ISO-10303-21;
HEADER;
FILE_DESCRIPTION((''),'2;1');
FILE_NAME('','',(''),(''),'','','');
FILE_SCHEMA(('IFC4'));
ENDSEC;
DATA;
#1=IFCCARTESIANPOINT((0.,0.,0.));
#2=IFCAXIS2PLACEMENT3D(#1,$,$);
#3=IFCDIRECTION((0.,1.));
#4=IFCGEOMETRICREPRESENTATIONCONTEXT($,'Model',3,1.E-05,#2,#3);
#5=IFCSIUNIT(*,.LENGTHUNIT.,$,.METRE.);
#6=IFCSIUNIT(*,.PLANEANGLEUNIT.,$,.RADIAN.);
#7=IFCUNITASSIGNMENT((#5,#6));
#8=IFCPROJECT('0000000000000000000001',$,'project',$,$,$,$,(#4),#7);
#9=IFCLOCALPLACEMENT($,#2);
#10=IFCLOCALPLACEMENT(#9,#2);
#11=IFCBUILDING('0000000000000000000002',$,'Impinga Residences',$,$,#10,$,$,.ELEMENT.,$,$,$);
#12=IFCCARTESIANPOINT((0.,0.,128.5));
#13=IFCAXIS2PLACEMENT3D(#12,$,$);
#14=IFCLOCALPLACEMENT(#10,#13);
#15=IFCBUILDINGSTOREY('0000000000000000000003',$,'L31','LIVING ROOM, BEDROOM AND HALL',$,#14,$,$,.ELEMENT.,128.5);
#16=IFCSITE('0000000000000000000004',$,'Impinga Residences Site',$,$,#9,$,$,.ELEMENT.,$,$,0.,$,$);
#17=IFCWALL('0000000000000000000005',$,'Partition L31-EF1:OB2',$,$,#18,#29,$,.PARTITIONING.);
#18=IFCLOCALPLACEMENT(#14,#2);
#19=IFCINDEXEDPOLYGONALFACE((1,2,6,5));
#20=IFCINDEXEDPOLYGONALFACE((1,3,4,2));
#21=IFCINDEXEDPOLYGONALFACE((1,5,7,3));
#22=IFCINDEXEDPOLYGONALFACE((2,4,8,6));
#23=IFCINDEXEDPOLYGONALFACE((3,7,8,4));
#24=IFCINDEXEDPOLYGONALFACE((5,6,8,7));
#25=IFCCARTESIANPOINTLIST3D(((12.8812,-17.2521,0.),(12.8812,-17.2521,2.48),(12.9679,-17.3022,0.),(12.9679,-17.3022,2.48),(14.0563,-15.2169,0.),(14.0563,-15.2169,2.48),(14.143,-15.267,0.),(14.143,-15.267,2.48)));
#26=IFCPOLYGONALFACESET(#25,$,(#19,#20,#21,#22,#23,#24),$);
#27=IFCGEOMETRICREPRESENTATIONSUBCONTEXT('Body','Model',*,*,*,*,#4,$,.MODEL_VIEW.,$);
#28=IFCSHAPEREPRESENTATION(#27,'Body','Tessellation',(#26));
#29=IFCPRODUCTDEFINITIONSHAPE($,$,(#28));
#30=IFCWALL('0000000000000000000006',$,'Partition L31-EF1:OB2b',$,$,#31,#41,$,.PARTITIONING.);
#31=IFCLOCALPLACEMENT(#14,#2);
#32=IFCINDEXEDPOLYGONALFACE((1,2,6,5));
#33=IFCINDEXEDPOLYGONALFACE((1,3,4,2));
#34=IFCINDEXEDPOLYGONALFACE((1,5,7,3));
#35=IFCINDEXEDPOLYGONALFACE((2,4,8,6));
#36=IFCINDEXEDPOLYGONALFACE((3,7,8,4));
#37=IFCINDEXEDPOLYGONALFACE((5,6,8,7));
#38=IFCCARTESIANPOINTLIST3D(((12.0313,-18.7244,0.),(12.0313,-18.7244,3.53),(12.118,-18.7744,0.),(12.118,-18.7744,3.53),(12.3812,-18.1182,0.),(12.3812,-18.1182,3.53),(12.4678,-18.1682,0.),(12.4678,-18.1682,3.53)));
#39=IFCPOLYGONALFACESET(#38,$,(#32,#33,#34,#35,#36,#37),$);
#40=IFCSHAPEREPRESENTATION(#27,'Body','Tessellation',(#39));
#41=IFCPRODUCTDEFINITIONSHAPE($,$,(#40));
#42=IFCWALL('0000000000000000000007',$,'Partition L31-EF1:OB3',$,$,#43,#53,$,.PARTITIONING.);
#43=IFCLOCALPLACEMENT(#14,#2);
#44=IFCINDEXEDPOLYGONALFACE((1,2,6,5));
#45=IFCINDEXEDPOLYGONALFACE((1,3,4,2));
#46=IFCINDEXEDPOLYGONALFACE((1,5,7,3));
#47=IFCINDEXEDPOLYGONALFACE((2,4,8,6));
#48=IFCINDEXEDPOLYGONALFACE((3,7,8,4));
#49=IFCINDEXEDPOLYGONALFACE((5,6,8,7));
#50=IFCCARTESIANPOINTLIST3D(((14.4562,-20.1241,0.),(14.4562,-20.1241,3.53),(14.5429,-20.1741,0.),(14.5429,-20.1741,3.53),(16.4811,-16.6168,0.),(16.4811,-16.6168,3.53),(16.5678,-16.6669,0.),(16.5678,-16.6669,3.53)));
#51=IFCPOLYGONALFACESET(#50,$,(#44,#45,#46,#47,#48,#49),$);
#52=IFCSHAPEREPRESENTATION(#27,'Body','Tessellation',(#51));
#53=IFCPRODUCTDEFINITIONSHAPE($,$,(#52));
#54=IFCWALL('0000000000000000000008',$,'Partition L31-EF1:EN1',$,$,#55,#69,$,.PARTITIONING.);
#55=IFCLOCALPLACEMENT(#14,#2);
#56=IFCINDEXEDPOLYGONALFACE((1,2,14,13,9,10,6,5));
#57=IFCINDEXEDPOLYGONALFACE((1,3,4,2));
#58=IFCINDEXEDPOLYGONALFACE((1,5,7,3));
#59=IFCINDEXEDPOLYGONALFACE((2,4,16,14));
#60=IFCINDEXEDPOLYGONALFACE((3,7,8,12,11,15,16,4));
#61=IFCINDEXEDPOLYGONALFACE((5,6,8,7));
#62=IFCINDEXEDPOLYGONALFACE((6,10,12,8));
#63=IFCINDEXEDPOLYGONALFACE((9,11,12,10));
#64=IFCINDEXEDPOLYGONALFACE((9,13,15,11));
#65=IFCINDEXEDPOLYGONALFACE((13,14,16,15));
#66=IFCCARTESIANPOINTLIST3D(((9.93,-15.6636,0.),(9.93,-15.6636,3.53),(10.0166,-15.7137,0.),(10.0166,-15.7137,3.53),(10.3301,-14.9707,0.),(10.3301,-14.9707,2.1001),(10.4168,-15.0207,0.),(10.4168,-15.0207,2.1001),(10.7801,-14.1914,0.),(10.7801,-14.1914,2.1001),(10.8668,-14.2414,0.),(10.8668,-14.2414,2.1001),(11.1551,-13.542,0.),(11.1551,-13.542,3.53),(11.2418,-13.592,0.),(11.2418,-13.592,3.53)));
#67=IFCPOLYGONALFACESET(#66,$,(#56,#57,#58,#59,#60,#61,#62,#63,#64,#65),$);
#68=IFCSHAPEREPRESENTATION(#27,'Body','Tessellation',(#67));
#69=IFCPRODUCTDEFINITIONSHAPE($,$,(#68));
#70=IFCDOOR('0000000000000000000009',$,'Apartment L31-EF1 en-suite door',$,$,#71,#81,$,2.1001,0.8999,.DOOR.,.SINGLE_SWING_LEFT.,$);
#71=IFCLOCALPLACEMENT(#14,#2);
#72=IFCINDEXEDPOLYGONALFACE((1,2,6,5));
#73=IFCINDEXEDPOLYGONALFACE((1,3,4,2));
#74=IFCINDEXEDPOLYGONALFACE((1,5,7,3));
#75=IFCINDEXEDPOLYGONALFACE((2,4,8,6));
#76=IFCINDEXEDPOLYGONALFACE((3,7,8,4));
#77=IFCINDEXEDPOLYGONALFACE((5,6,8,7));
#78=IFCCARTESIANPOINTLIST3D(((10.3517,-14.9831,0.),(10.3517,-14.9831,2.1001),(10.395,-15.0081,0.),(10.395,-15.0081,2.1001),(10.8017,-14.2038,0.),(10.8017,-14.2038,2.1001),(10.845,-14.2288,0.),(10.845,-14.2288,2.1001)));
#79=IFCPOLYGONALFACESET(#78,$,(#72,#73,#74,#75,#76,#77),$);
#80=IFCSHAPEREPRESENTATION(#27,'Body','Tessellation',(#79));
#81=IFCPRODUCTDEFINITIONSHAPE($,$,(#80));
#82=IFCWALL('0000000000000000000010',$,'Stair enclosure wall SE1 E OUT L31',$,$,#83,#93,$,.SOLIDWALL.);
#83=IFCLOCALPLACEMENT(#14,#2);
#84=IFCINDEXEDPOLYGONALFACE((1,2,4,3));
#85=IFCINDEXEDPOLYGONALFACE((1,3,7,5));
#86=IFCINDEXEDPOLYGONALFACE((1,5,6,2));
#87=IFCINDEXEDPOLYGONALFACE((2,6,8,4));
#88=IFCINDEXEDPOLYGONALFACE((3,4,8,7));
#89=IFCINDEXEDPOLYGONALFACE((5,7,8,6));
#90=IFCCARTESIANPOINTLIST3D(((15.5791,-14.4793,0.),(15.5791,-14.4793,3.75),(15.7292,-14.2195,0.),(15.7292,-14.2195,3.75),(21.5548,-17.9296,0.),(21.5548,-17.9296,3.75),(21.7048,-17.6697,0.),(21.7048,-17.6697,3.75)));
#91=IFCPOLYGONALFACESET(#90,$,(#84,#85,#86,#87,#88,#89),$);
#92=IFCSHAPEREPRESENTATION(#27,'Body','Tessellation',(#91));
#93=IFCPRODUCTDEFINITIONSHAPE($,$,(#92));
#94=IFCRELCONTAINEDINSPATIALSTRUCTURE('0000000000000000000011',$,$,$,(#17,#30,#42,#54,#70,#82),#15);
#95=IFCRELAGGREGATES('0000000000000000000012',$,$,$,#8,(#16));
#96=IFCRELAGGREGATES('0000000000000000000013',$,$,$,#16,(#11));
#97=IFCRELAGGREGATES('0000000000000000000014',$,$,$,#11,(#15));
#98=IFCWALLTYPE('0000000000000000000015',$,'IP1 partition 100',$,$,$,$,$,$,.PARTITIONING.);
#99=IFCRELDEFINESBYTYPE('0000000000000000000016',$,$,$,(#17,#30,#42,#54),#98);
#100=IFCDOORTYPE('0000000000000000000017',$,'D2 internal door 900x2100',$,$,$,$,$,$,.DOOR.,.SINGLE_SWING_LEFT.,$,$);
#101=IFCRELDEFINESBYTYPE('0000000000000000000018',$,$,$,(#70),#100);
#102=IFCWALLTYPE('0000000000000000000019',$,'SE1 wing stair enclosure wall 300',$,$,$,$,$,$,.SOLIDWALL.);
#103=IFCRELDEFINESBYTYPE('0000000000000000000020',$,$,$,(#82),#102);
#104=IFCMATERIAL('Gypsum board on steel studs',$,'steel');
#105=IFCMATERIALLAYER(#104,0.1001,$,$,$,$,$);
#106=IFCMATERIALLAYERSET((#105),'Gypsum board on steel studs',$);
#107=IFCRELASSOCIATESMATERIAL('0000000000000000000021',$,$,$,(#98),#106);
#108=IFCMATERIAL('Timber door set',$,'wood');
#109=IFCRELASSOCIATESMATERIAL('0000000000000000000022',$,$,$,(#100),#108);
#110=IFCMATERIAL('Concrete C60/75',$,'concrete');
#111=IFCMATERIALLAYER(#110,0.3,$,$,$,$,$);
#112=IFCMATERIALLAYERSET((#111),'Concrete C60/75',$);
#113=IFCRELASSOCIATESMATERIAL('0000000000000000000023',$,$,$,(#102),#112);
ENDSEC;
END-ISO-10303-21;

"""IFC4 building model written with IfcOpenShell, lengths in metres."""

from ifc_helpers import new_model, si_unit, direction, frame, frame_2d, origin, place, context, subcontext, project, spatial, rectangle, extrude, material, layer, layer_set, type_object, element, fill, save


model = new_model("IFC4")

# Units and contexts
model_context = context("Model", 3, precision=1e-05, world=origin(), true_north=direction((0.0, 1.0)))
body_context = subcontext(model_context, "Body", "Model", "MODEL_VIEW")
ifc_project = project(units=[si_unit("LENGTHUNIT", "METRE"), si_unit("PLANEANGLEUNIT", "RADIAN")], contexts=[model_context])

# Site, building, storey
site_placement = place(None, origin())
site = spatial("IfcSite", under=ifc_project, at=site_placement, Name="Impinga Residences Site", CompositionType="ELEMENT", RefElevation=0.0)
building_placement = place(site_placement, origin())
building = spatial("IfcBuilding", under=site, at=building_placement, Name="Impinga Residences", CompositionType="ELEMENT")
storey_placement = place(building_placement, frame((0.0, 0.0, 128.5)))
storey = spatial("IfcBuildingStorey", under=building, at=storey_placement, Name="L31", Description="LIVING ROOM, BEDROOM AND HALL", CompositionType="ELEMENT", Elevation=128.5)

# Shared definitions
ifc_material_1 = material(Name="Concrete C60/75", Category="concrete")

# Shared definitions
ifc_material_2 = material(Name="Timber door set", Category="wood")

# Shared definitions
ifc_material_3 = material(Name="Gypsum board on steel studs", Category="steel")
ifc_layer_1 = layer(ifc_material_3, 0.1001)
ifc_layer_set_1 = layer_set([ifc_layer_1], Name="Gypsum board on steel studs")
wall_type_1 = type_object("IfcWallType", Name="IP1 partition 100", PredefinedType="PARTITIONING", material=ifc_layer_set_1)

# Shared definitions
door_type_1 = type_object("IfcDoorType", Name="D2 internal door 900x2100", OperationType="SINGLE_SWING_LEFT", PredefinedType="DOOR", material=ifc_material_2)

# Walls
wall_1_placement = place(storey_placement, frame((14.0996, -15.2419, 0.0), z_axis=(0.0, 0.0, 1.0), x_axis=(-0.500016, -0.866016, 0.0)))
element("IfcWall", 1, at=wall_1_placement, inside=storey, type_object=wall_type_1, Name="Partition L31-EF1:OB2", PredefinedType="PARTITIONING", context=body_context, shape_type="SweptSolid", body=[
    extrude(rectangle(XDim=2.3501, YDim=0.1001, at=frame_2d((1.175, 0.0))), origin(), (0.0, 0.0, 1.0), 2.48),
])
wall_2_placement = place(storey_placement, frame((12.4246, -18.1431, 0.0), z_axis=(0.0, 0.0, 1.0), x_axis=(-0.499853, -0.86611, 0.0)))
element("IfcWall", 2, at=wall_2_placement, inside=storey, type_object=wall_type_1, Name="Partition L31-EF1:OB2b", PredefinedType="PARTITIONING", context=body_context, shape_type="SweptSolid", body=[
    extrude(rectangle(XDim=0.7, YDim=0.1001, at=frame_2d((0.3501, 0.0))), origin(), (0.0, 0.0, 1.0), 3.53),
])
wall_3_placement = place(storey_placement, frame((16.5244, -16.6418, 0.0), z_axis=(0.0, 0.0, 1.0), x_axis=(-0.49999, -0.866031, 0.0)))
element("IfcWall", 3, at=wall_3_placement, inside=storey, type_object=wall_type_1, Name="Partition L31-EF1:OB3", PredefinedType="PARTITIONING", context=body_context, shape_type="SweptSolid", body=[
    extrude(rectangle(XDim=4.0498, YDim=0.1001, at=frame_2d((2.0249, 0.0))), origin(), (0.0, 0.0, 1.0), 3.53),
])

# Wall, opening, door
wall_4_placement = place(storey_placement, frame((11.1985, -13.5669, 0.0), z_axis=(0.0, 0.0, 1.0), x_axis=(-0.500062, -0.86599, 0.0)))
wall_4 = element("IfcWall", 4, at=wall_4_placement, inside=storey, type_object=wall_type_1, Name="Partition L31-EF1:EN1", PredefinedType="PARTITIONING", context=body_context, shape_type="SweptSolid", body=[
    extrude(rectangle(XDim=2.45, YDim=0.1001, at=frame_2d((1.2251, 0.0))), origin(), (0.0, 0.0, 1.0), 3.53),
])
opening_1_placement = place(wall_4_placement, frame((0.75, 0.0, 0.0)))
opening_1 = element("IfcOpeningElement", 5, at=opening_1_placement, cuts=wall_4, PredefinedType="OPENING", context=body_context, shape_type="SweptSolid", body=[
    extrude(rectangle(XDim=0.8999, YDim=2.1001, at=frame_2d((0.45, 1.05))), frame((0.0, 0.0601, 0.0), z_axis=(0.0, -1.0, 0.0), x_axis=(1.0, 0.0, 0.0)), (0.0, 0.0, 1.0), 0.1201),
])
door_1_placement = place(opening_1_placement, origin())
door_1 = element("IfcDoor", 6, at=door_1_placement, inside=storey, type_object=door_type_1, Name="Apartment L31-EF1 en-suite door", OperationType="SINGLE_SWING_LEFT", OverallHeight=2.1001, OverallWidth=0.8999, PredefinedType="DOOR", context=body_context, shape_type="SweptSolid", body=[
    extrude(rectangle(XDim=0.8999, YDim=2.1001, at=frame_2d((0.45, 1.05))), frame((0.0, 0.0249, 0.0), z_axis=(0.0, -1.0, 0.0), x_axis=(1.0, 0.0, 0.0)), (0.0, 0.0, 1.0), 0.05),
])
fill(opening_1, door_1)

# Wall
ifc_layer_2 = layer(ifc_material_1, 0.3)
ifc_layer_set_2 = layer_set([ifc_layer_2], Name="Concrete C60/75")
wall_type_2 = type_object("IfcWallType", Name="SE1 wing stair enclosure wall 300", PredefinedType="SOLIDWALL", material=ifc_layer_set_2)
wall_5_placement = place(storey_placement, frame((15.6541, -14.3494, 0.0), z_axis=(0.0, 0.0, 1.0), x_axis=(0.866014, -0.500021, 0.0)))
element("IfcWall", 7, at=wall_5_placement, inside=storey, type_object=wall_type_2, Name="Stair enclosure wall SE1 E OUT L31", PredefinedType="SOLIDWALL", context=body_context, shape_type="SweptSolid", body=[
    extrude(rectangle(XDim=6.9001, YDim=0.3, at=frame_2d((3.4502, 0.0))), origin(), (0.0, 0.0, 1.0), 3.75),
])

save(model, "model.ifc")
